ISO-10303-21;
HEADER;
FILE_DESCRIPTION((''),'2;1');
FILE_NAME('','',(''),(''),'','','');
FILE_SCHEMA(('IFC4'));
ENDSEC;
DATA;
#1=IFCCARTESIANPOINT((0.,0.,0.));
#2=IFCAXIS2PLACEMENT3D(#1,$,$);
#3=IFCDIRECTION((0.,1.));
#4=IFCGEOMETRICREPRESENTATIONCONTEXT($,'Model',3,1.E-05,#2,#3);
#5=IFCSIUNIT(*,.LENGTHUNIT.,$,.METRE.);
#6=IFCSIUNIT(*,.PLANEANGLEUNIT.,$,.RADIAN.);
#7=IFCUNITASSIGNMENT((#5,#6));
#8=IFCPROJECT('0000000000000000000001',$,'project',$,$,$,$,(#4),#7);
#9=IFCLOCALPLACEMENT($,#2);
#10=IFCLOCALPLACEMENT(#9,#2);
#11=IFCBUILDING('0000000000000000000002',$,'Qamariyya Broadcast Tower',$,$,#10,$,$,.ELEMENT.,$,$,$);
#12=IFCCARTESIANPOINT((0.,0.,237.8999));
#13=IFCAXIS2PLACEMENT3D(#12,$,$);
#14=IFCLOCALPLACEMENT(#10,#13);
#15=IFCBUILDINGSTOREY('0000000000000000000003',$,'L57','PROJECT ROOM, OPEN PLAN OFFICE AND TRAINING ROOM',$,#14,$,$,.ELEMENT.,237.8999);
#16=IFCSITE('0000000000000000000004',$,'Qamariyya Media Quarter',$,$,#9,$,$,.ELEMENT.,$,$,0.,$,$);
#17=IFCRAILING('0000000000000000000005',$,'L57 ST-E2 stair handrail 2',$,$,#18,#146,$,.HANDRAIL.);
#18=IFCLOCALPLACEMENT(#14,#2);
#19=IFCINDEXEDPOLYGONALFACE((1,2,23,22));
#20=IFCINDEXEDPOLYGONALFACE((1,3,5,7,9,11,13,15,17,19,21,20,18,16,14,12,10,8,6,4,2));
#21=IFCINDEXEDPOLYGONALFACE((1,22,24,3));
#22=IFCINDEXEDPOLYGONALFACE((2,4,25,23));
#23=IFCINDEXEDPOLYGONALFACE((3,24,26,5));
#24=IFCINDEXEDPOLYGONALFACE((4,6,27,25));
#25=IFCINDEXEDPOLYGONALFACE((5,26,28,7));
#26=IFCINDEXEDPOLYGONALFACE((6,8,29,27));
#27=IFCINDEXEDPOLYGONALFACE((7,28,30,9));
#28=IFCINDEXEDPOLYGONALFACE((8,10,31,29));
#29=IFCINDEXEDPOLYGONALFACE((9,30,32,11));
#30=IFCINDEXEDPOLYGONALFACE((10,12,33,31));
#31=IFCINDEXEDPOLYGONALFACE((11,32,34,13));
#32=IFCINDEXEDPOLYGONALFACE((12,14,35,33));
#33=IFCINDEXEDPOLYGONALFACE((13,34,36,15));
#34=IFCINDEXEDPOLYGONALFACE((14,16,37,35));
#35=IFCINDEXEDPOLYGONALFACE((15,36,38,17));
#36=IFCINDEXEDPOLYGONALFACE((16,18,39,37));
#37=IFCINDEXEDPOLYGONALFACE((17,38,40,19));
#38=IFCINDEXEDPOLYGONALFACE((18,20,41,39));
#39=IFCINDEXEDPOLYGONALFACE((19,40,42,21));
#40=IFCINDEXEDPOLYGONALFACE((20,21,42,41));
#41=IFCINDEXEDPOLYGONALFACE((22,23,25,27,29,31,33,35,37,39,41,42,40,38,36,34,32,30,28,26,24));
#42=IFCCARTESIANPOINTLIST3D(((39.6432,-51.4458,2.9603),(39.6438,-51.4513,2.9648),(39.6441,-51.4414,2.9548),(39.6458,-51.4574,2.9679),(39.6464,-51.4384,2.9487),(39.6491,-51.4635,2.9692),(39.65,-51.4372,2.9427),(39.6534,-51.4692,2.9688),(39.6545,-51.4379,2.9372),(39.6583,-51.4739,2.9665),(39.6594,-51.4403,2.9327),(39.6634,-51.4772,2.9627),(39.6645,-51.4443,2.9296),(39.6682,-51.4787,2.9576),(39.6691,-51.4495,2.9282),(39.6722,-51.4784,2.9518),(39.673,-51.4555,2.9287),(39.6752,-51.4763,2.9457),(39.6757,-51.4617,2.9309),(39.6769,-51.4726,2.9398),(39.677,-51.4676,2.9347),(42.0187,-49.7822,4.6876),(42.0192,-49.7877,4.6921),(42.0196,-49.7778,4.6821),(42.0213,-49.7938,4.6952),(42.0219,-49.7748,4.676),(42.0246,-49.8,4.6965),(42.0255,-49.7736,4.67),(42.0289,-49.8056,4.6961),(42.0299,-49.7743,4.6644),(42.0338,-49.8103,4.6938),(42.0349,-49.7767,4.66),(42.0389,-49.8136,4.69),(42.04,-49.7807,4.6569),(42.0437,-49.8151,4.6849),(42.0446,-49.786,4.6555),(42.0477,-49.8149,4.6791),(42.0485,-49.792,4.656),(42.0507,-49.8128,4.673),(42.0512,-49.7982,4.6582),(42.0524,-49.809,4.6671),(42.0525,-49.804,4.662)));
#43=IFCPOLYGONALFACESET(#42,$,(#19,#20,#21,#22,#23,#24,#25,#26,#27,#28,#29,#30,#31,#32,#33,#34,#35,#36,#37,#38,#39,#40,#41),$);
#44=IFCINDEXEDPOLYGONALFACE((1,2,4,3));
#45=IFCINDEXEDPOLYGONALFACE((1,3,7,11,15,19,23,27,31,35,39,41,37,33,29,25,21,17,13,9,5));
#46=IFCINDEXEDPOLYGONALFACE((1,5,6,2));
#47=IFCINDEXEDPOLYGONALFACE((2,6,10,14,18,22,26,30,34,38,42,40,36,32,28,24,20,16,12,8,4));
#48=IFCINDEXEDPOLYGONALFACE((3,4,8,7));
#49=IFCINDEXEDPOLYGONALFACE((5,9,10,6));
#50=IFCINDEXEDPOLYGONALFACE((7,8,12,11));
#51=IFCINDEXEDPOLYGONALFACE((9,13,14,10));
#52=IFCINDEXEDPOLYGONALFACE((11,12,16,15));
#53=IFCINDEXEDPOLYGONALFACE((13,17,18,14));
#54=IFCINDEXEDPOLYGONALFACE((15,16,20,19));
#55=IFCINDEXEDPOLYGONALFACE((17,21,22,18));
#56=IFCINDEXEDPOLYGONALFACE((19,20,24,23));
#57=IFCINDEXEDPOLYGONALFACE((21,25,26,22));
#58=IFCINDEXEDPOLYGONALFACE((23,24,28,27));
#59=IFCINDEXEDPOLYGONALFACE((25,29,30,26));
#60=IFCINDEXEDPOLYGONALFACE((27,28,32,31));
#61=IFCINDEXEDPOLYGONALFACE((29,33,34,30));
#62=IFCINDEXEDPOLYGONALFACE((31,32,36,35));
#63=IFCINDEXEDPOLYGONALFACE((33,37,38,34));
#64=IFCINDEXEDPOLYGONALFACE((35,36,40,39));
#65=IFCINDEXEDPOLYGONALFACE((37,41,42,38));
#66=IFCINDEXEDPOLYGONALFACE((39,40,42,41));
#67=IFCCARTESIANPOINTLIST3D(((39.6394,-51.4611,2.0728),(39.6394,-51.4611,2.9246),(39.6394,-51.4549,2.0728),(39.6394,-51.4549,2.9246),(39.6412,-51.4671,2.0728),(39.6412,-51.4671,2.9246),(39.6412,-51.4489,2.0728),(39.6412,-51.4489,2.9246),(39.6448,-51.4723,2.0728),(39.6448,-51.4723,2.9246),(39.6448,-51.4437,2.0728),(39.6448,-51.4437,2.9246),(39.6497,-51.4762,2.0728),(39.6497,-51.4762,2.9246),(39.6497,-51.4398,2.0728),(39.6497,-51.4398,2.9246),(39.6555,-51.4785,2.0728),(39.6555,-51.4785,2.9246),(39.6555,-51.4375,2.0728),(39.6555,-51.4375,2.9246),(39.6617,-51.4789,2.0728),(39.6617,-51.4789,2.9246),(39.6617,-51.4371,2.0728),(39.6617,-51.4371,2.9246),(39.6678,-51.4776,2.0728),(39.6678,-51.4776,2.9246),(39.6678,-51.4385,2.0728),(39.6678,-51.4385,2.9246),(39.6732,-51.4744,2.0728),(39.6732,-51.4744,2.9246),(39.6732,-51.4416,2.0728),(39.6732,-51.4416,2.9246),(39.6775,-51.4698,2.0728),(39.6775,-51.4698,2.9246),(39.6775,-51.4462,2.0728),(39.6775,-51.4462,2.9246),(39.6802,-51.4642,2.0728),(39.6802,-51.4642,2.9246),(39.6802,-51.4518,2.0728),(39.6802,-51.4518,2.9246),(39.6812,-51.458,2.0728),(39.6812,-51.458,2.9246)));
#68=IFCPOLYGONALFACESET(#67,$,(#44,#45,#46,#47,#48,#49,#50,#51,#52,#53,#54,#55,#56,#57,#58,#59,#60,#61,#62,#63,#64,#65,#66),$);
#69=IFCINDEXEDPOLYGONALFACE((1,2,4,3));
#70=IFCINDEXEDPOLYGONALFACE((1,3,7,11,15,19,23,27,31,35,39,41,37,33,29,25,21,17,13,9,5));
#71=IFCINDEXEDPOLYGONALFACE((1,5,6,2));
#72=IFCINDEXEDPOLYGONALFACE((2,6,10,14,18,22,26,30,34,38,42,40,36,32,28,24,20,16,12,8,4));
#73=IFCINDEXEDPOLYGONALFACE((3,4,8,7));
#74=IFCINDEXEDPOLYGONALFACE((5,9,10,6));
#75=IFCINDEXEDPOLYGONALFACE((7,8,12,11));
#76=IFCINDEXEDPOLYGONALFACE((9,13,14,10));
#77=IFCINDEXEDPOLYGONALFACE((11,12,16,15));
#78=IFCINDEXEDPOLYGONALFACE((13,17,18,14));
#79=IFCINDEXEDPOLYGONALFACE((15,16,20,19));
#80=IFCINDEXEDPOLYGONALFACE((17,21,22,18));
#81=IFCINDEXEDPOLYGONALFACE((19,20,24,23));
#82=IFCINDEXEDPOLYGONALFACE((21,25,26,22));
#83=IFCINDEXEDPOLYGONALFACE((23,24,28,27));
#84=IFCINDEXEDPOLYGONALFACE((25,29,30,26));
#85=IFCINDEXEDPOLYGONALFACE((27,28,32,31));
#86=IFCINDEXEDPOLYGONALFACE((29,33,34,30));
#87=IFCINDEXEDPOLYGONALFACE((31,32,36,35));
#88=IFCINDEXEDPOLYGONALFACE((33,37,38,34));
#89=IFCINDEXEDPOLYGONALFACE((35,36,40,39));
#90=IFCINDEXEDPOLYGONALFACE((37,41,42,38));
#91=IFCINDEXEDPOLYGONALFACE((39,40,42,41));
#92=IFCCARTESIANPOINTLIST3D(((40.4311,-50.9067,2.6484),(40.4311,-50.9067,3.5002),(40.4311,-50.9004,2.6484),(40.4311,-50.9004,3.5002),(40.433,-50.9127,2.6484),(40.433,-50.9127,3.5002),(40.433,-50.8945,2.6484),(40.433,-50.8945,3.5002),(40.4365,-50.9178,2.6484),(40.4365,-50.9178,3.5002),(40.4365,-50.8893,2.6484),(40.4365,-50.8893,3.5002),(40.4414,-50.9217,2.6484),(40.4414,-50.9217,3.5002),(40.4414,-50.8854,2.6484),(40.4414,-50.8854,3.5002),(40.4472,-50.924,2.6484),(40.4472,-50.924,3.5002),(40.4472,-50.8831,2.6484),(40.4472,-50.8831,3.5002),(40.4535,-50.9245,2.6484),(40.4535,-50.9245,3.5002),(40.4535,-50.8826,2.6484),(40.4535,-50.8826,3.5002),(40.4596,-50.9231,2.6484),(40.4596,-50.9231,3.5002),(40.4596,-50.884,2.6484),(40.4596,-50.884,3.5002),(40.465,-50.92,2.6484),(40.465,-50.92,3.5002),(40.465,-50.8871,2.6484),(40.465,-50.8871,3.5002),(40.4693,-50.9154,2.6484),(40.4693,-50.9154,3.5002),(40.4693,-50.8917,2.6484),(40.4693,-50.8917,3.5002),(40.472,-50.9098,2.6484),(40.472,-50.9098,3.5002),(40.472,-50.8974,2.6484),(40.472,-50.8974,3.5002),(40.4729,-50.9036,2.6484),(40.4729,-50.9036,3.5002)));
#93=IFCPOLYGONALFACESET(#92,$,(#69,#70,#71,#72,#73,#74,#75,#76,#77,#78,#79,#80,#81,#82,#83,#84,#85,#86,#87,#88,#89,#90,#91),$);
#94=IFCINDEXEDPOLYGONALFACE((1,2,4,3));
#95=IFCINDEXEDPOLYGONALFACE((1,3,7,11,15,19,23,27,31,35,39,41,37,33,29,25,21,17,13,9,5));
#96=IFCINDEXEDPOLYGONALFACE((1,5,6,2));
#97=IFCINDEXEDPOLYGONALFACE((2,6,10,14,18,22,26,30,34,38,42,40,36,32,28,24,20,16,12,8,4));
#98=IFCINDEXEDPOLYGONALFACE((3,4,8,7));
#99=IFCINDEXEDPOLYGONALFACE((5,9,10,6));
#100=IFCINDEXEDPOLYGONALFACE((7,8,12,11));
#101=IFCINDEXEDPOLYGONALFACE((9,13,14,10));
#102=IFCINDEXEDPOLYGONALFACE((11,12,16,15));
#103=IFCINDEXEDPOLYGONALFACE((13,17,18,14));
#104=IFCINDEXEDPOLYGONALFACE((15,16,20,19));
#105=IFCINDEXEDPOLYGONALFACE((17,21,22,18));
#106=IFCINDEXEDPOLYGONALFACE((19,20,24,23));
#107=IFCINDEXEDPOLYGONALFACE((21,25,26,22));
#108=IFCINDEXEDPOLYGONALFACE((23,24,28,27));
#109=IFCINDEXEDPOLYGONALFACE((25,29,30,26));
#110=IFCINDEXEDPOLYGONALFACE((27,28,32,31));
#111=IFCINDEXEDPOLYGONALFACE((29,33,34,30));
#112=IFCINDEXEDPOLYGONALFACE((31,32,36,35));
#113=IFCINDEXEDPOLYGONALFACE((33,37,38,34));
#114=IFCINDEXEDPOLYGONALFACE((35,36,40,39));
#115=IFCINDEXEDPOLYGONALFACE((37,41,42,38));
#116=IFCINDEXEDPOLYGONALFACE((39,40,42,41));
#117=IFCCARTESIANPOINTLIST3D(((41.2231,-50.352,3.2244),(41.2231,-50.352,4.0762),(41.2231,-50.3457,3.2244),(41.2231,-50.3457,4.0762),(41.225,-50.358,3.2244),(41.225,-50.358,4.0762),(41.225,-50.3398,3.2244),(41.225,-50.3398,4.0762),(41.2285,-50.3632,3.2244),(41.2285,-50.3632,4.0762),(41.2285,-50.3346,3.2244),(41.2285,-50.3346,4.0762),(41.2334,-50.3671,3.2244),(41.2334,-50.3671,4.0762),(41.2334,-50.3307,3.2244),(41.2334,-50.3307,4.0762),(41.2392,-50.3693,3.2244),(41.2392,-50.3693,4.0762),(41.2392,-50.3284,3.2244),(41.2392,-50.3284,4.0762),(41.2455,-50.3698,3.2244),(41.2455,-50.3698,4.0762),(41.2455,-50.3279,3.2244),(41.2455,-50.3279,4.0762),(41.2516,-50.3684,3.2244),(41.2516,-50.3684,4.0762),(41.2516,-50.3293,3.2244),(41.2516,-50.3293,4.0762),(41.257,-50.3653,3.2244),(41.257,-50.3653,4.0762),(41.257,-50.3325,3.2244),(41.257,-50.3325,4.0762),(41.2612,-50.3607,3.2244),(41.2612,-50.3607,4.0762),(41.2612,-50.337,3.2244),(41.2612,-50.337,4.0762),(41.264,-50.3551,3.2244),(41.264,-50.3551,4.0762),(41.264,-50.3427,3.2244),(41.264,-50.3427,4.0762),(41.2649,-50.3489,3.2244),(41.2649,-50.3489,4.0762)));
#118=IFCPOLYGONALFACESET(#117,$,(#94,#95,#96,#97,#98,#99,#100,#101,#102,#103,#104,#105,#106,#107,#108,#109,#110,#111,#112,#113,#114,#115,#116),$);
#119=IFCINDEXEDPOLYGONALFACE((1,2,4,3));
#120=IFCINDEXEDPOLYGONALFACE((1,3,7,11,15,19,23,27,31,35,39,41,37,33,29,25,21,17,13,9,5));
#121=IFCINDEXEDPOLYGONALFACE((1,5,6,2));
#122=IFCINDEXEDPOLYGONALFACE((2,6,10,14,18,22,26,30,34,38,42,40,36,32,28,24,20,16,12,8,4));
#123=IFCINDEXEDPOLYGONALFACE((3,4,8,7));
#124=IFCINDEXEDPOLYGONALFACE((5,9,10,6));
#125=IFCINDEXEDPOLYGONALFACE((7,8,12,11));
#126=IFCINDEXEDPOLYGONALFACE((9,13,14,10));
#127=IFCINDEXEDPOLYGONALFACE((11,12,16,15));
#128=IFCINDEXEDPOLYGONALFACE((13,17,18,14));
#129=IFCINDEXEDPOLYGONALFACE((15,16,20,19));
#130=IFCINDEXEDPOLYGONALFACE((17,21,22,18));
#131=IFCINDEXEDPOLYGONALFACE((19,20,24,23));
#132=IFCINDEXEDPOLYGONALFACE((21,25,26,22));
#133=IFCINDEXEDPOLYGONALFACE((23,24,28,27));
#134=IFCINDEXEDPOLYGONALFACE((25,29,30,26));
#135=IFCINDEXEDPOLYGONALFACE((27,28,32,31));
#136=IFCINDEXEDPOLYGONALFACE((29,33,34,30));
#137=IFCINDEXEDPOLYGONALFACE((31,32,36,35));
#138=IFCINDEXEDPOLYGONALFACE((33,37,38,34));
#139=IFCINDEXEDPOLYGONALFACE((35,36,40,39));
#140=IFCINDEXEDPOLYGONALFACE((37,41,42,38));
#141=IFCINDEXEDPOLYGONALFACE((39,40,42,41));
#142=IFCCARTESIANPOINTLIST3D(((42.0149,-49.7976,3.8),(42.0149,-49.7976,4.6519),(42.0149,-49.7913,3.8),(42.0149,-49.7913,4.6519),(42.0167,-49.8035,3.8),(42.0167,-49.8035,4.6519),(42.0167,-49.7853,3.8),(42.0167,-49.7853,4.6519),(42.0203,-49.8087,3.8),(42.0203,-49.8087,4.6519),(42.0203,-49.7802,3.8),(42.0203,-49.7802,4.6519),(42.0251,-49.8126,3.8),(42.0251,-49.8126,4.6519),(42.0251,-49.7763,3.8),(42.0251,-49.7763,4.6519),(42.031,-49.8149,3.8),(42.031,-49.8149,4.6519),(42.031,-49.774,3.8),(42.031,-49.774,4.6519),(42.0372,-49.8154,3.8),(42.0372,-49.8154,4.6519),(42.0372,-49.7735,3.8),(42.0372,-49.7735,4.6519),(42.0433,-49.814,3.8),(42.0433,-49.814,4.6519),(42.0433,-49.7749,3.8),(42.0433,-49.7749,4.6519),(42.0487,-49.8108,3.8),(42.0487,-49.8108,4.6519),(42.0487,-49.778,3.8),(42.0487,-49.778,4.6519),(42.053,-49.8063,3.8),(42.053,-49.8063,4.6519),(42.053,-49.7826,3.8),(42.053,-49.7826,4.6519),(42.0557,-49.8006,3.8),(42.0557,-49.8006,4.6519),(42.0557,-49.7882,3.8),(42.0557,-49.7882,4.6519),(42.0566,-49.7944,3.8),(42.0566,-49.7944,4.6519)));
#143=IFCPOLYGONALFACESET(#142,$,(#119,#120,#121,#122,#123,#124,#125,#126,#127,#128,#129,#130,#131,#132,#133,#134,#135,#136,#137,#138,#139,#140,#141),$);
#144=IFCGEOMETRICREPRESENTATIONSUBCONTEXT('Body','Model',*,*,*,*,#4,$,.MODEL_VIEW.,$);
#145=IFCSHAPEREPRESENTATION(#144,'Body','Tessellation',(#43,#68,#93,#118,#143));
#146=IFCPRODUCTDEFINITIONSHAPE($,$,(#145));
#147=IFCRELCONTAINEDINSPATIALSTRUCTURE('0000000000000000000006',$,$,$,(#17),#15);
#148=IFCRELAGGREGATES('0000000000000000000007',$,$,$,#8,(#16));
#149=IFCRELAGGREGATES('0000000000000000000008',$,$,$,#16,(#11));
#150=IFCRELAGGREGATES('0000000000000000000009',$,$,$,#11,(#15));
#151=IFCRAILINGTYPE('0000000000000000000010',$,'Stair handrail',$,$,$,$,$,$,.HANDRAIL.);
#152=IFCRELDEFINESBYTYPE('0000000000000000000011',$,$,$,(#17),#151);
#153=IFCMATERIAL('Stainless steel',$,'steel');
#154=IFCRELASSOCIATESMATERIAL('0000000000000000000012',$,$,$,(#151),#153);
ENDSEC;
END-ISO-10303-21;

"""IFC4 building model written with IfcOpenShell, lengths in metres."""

from ifc_helpers import new_model, si_unit, direction, frame, origin, origin_2d, place, context, subcontext, project, spatial, circle, extrude, material, type_object, element, save


model = new_model("IFC4")

# Units and contexts
model_context = context("Model", 3, precision=1e-05, world=origin(), true_north=direction((0.0, 1.0)))
body_context = subcontext(model_context, "Body", "Model", "MODEL_VIEW")
ifc_project = project(units=[si_unit("LENGTHUNIT", "METRE"), si_unit("PLANEANGLEUNIT", "RADIAN")], contexts=[model_context])

# Site, building, storey
site_placement = place(None, origin())
site = spatial("IfcSite", under=ifc_project, at=site_placement, Name="Qamariyya Media Quarter", CompositionType="ELEMENT", RefElevation=0.0)
building_placement = place(site_placement, origin())
building = spatial("IfcBuilding", under=site, at=building_placement, Name="Qamariyya Broadcast Tower", CompositionType="ELEMENT")
storey_placement = place(building_placement, frame((0.0, 0.0, 237.8999)))
storey = spatial("IfcBuildingStorey", under=building, at=storey_placement, Name="L57", Description="PROJECT ROOM, OPEN PLAN OFFICE AND TRAINING ROOM", CompositionType="ELEMENT", Elevation=237.8999)

# Railing
ifc_material_1 = material(Name="Stainless steel", Category="steel")
railing_type_1 = type_object("IfcRailingType", Name="Stair handrail", PredefinedType="HANDRAIL", material=ifc_material_1)
railing_1_placement = place(storey_placement, frame((39.6602, -51.458, 2.0728)))
element("IfcRailing", 1, at=railing_1_placement, inside=storey, type_object=railing_type_1, Name="L57 ST-E2 stair handrail 2", PredefinedType="HANDRAIL", context=body_context, shape_type="SweptSolid", body=[
    extrude(circle(Radius=0.0239, at=origin_2d()), frame((0.0, 0.0, 0.876), z_axis=(0.703745, 0.492838, 0.511716), x_axis=(-0.573632, 0.819113, 0.0)), (0.0, 0.0, 1.0), 3.3755),
    extrude(circle(Radius=0.021, at=origin_2d()), origin(), (0.0, 0.0, 1.0), 0.8518),
    extrude(circle(Radius=0.021, at=origin_2d()), frame((0.7917, 0.5544, 0.5757)), (0.0, 0.0, 1.0), 0.8518),
    extrude(circle(Radius=0.021, at=origin_2d()), frame((1.5837, 1.1091, 1.1516)), (0.0, 0.0, 1.0), 0.8518),
    extrude(circle(Radius=0.021, at=origin_2d()), frame((2.3755, 1.6636, 1.7273)), (0.0, 0.0, 1.0), 0.8518),
])

save(model, "model.ifc")
